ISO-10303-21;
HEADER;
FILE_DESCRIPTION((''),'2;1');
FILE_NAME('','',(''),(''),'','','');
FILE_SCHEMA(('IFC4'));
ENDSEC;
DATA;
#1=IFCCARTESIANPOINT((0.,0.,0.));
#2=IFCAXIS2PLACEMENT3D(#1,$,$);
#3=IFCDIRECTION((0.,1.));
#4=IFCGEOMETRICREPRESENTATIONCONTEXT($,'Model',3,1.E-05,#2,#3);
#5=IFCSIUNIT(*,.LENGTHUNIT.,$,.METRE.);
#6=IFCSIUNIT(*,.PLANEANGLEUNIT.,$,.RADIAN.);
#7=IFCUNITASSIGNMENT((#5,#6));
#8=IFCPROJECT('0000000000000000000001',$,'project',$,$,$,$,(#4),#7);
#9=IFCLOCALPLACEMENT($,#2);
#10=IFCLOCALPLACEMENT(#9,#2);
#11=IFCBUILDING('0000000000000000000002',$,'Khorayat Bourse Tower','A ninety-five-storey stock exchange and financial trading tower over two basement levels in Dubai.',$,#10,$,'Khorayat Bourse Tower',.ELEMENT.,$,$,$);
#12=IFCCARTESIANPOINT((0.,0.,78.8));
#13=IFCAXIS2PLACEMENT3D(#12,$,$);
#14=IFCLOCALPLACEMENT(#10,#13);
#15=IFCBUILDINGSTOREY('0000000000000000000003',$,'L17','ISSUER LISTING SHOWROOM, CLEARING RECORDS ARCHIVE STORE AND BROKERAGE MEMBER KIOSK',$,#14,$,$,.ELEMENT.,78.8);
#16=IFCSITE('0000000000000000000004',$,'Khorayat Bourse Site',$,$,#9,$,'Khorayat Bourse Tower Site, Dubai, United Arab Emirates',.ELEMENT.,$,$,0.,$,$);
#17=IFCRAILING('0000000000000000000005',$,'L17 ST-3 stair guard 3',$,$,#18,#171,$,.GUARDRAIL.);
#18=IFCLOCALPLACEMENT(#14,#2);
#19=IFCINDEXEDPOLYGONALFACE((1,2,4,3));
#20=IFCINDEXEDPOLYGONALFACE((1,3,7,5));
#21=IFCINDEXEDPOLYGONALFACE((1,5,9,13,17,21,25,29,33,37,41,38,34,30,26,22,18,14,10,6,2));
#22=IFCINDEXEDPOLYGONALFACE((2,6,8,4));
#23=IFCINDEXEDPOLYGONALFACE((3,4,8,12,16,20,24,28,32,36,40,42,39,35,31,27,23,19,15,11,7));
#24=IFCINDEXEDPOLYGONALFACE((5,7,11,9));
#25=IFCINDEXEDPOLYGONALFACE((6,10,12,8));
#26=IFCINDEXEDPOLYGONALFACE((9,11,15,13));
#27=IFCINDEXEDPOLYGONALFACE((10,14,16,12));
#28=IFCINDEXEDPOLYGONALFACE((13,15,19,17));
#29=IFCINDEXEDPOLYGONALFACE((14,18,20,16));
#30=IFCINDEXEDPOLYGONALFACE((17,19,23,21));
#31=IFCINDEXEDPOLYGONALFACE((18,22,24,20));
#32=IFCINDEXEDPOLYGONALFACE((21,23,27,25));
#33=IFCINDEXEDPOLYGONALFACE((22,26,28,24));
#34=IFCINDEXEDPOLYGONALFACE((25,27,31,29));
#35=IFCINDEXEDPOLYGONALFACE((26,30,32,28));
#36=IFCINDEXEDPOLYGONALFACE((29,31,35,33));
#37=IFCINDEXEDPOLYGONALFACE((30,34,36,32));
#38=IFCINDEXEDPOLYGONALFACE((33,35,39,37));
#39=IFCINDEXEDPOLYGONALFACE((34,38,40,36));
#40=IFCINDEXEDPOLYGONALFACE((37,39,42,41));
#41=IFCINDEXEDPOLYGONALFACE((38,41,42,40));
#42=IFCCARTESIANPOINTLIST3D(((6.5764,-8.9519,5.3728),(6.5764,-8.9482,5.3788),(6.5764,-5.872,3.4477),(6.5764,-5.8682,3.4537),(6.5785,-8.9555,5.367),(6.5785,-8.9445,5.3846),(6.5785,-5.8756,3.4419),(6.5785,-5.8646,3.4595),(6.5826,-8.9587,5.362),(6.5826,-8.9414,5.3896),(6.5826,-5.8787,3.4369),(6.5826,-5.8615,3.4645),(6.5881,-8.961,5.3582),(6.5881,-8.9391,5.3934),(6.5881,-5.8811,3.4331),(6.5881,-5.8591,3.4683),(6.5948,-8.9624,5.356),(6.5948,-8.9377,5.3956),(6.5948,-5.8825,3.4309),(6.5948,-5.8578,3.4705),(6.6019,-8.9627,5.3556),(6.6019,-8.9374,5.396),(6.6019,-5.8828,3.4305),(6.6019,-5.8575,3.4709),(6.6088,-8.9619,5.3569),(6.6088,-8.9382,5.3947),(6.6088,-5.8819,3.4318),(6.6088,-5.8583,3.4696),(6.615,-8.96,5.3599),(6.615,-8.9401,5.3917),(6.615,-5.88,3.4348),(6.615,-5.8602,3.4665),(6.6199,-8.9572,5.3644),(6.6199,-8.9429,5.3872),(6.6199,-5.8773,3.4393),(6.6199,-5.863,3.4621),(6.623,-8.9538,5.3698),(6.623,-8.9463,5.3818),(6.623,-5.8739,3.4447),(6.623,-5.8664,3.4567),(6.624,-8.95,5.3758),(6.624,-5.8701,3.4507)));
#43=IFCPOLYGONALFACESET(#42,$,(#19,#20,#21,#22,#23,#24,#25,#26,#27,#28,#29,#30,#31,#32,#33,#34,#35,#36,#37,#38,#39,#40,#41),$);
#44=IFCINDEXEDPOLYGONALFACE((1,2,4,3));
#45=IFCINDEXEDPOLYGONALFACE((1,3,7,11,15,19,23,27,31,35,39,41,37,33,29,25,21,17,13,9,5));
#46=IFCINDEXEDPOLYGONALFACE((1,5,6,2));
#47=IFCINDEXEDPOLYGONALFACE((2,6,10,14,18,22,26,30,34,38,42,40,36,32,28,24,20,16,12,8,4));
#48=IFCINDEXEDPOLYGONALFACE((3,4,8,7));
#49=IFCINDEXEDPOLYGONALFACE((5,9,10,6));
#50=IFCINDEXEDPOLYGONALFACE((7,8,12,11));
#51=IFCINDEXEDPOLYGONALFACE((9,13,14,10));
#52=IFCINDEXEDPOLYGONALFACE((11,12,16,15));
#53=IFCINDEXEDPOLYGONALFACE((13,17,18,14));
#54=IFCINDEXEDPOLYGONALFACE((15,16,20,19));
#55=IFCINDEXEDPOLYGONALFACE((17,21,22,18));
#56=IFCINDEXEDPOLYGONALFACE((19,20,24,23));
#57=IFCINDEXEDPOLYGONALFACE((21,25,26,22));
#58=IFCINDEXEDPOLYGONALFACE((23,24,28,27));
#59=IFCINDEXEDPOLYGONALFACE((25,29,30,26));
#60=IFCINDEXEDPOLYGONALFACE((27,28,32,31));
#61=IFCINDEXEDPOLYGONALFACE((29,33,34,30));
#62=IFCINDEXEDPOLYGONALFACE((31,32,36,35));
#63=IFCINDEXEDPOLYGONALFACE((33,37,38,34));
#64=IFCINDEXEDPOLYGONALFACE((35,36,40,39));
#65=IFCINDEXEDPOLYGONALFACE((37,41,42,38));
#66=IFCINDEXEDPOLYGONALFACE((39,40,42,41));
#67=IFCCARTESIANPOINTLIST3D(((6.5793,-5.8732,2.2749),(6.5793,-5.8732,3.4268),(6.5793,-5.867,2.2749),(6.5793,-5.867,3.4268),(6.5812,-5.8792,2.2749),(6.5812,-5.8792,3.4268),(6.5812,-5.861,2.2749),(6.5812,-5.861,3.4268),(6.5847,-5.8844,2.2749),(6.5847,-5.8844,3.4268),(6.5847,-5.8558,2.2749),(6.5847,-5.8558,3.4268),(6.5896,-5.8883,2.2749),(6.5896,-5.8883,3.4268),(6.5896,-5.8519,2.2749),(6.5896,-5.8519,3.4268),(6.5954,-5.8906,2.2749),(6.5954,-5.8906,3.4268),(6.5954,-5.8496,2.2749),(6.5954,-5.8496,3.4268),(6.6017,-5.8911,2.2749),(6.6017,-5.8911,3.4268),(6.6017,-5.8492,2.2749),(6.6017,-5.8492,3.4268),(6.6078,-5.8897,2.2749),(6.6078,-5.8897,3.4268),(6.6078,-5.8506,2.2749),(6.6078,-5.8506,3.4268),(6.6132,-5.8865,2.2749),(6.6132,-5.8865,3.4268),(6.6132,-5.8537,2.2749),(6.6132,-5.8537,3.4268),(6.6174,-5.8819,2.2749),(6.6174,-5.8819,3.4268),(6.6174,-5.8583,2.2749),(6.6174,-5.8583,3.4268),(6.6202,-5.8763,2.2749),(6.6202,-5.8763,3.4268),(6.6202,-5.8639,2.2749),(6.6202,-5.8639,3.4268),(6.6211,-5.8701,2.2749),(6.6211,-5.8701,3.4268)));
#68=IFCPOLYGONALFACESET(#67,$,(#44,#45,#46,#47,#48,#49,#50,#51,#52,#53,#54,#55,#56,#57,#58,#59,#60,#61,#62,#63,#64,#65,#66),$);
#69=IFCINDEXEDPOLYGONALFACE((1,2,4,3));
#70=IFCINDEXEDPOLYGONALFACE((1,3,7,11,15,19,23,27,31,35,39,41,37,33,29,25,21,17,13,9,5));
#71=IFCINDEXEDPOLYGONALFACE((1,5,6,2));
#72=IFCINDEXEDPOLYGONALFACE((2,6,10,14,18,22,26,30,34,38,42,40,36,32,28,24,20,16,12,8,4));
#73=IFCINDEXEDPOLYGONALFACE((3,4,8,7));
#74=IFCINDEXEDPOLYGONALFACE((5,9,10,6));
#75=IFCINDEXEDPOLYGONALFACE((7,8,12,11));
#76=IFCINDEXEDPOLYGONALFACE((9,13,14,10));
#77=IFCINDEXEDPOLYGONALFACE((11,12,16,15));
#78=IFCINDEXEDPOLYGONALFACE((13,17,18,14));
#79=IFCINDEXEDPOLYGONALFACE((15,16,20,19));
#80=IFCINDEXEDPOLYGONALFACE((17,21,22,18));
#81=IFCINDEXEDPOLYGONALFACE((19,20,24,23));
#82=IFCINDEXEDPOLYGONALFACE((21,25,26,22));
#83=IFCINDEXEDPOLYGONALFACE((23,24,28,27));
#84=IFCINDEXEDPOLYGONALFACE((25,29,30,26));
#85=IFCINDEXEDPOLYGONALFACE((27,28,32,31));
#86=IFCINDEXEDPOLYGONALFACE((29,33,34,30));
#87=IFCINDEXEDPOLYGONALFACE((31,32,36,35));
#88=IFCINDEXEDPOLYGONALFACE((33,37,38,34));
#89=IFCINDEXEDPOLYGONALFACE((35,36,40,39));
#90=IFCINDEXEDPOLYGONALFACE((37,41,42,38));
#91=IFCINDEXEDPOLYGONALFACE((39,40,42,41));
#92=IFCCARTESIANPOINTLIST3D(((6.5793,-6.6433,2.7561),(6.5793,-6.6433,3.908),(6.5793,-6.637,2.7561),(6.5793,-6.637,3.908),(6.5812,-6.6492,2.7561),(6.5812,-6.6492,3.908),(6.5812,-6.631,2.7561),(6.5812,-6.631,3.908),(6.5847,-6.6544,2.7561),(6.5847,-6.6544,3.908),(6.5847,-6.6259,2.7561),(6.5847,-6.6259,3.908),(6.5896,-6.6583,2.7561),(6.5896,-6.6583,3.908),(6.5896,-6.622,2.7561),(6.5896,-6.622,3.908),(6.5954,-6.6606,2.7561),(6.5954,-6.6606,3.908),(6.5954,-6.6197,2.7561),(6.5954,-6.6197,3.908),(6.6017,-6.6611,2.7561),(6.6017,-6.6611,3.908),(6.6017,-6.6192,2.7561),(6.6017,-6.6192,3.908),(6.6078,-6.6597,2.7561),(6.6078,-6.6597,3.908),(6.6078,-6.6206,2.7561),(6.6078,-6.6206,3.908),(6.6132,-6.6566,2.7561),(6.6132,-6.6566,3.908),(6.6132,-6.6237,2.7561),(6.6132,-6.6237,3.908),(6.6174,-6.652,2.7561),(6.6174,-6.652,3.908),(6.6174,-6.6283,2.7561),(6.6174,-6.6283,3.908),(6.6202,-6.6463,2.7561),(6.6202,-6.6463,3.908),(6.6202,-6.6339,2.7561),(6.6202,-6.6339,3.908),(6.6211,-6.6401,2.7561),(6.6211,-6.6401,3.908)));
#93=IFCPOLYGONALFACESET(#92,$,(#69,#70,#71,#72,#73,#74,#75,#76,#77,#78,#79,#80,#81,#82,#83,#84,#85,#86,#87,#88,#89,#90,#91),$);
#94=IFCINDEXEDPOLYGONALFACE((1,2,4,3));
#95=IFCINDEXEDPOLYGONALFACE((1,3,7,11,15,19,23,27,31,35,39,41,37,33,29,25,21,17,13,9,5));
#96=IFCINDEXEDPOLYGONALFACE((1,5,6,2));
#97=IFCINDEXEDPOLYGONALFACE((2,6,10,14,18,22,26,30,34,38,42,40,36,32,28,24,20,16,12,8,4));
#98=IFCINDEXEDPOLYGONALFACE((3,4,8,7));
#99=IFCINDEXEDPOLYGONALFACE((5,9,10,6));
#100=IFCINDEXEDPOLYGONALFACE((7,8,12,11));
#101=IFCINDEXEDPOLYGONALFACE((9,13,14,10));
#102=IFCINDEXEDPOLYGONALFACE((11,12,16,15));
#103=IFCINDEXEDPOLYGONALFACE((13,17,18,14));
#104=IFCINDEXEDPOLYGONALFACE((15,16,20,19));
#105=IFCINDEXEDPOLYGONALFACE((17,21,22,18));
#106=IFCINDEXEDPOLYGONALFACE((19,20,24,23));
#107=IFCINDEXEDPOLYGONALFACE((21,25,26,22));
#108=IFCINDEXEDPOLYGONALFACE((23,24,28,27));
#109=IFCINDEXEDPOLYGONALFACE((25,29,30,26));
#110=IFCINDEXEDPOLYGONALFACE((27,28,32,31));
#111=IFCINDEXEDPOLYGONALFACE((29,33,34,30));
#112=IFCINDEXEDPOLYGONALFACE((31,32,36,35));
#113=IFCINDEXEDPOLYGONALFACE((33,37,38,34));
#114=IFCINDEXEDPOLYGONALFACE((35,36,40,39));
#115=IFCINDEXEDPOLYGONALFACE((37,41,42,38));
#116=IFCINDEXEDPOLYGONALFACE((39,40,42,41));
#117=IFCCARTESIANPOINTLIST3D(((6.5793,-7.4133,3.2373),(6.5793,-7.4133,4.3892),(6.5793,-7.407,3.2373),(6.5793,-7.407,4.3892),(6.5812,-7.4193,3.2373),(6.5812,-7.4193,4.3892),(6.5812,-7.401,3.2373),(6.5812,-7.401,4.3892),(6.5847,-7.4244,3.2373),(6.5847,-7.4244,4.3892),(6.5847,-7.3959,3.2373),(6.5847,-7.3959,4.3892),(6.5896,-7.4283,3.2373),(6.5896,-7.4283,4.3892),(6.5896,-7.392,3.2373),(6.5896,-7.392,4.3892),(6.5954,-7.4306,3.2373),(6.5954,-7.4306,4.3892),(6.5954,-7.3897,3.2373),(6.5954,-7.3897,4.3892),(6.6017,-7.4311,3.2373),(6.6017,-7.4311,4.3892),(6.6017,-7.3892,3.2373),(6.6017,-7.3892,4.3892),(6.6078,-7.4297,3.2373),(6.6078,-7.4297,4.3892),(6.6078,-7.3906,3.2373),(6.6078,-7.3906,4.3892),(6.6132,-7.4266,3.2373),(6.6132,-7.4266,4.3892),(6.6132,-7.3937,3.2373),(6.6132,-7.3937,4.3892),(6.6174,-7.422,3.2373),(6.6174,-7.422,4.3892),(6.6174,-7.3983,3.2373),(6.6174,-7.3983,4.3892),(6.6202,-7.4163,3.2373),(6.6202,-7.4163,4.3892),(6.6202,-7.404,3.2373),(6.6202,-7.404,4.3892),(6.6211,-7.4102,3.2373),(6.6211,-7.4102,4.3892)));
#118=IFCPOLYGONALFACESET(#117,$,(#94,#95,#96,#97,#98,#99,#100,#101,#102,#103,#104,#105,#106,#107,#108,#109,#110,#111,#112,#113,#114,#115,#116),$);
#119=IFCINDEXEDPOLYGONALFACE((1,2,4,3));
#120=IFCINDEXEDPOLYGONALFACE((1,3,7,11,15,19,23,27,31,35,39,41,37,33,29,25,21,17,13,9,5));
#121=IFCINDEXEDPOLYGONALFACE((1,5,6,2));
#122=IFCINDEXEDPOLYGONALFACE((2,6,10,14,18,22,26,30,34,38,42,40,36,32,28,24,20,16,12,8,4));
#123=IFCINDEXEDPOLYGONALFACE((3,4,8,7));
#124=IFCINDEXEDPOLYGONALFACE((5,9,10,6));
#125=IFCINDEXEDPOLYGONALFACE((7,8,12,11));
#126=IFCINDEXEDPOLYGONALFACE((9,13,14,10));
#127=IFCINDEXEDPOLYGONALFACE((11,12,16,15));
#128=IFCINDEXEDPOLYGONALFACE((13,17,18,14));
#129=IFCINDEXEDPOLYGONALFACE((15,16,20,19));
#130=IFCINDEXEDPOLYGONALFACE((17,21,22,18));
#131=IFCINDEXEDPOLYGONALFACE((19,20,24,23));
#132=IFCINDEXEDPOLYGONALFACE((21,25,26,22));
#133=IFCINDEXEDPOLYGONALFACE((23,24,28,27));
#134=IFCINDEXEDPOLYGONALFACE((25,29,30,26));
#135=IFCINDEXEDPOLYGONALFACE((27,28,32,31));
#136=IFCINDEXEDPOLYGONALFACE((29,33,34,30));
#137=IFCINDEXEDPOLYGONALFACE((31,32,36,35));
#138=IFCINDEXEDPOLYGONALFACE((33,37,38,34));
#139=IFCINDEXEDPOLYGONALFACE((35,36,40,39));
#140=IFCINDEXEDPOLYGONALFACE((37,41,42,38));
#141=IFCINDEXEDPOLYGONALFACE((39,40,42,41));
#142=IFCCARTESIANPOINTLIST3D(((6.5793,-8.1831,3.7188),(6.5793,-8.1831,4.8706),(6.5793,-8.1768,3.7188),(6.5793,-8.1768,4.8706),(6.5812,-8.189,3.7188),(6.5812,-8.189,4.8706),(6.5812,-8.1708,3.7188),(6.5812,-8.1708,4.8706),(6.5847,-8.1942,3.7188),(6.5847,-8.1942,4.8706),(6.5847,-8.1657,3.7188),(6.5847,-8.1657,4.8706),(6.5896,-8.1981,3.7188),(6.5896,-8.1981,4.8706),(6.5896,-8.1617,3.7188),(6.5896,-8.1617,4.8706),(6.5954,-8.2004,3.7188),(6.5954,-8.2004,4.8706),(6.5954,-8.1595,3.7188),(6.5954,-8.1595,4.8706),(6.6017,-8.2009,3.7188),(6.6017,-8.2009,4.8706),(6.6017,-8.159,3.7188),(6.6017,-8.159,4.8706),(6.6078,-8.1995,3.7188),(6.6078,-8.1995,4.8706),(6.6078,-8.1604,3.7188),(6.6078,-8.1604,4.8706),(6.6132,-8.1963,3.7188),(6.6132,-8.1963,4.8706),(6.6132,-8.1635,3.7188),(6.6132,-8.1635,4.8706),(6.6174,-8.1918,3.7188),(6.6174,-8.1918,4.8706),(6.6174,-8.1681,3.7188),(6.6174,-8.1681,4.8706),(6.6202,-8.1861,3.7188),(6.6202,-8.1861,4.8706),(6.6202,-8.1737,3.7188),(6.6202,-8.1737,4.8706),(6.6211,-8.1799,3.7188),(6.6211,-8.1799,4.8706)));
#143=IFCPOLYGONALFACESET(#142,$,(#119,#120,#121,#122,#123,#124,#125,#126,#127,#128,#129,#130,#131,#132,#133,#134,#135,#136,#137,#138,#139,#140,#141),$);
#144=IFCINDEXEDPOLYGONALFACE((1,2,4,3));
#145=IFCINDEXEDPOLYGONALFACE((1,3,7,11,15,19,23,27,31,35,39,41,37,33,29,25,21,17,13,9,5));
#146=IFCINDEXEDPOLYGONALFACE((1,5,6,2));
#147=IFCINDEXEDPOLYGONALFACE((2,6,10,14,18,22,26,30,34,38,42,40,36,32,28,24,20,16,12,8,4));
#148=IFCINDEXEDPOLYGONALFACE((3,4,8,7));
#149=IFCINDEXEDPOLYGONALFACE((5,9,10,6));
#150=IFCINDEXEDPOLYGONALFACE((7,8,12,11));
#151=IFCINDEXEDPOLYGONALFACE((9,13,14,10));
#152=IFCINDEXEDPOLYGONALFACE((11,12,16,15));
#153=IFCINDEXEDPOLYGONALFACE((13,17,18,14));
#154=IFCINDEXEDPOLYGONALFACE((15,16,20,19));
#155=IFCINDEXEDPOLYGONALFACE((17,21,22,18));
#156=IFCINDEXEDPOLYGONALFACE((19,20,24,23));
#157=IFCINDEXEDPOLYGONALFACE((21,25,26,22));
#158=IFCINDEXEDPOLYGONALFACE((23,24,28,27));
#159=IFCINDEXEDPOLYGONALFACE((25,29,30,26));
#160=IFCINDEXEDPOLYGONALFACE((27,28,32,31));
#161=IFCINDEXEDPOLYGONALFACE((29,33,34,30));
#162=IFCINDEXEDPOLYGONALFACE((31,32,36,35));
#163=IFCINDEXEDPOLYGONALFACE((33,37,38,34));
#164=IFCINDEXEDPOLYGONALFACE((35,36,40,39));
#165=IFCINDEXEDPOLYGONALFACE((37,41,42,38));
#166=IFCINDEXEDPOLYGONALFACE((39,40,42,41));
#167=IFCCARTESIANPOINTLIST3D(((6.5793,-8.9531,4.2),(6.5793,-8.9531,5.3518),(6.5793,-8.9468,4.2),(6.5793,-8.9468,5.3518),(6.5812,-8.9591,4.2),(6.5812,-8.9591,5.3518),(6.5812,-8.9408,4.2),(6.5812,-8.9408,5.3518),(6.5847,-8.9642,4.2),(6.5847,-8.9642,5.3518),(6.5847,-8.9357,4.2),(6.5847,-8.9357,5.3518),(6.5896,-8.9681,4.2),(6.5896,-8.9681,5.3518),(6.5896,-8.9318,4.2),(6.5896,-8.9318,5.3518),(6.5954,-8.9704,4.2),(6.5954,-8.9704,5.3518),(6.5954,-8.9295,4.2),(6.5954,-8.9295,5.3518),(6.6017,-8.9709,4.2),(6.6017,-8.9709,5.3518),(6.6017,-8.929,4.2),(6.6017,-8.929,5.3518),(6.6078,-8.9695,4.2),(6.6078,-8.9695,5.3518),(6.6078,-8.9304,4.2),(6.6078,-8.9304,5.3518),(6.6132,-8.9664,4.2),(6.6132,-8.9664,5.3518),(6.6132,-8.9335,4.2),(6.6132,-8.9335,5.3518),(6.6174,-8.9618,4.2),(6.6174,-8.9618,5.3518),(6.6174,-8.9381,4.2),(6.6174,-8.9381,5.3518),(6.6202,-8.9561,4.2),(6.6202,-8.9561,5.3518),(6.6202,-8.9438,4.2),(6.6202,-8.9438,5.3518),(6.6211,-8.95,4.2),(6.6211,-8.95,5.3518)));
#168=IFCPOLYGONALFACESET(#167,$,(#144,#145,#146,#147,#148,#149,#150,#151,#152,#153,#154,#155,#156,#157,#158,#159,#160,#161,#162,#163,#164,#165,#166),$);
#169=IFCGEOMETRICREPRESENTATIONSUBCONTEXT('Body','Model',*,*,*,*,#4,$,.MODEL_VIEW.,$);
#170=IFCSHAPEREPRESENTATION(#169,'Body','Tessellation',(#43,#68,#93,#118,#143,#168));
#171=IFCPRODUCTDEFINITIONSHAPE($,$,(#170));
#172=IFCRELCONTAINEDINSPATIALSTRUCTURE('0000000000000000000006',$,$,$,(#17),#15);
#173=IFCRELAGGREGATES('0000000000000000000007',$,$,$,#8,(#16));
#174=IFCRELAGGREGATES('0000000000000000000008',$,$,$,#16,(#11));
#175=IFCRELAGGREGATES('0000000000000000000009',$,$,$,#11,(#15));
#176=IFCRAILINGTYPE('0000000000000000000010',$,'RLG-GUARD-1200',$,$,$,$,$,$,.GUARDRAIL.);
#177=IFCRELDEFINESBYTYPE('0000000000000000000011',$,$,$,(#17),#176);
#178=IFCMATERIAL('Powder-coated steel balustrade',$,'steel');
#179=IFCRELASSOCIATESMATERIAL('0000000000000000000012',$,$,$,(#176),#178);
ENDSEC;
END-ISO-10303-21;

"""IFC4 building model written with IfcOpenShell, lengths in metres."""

from ifc_helpers import new_model, si_unit, direction, frame, origin, origin_2d, place, context, subcontext, project, spatial, circle, extrude, source, transform, mapped, material, type_object, element, save


model = new_model("IFC4")

# Units and contexts
model_context = context("Model", 3, precision=1e-05, world=origin(), true_north=direction((0.0, 1.0)))
body_context = subcontext(model_context, "Body", "Model", "MODEL_VIEW")
ifc_project = project(units=[si_unit("LENGTHUNIT", "METRE"), si_unit("PLANEANGLEUNIT", "RADIAN")], contexts=[model_context])

# Site, building, storey
site_placement = place(None, origin())
site = spatial("IfcSite", under=ifc_project, at=site_placement, Name="Khorayat Bourse Site", LongName="Khorayat Bourse Tower Site, Dubai, United Arab Emirates", CompositionType="ELEMENT", RefElevation=0.0)
building_placement = place(site_placement, origin())
building = spatial("IfcBuilding", under=site, at=building_placement, Name="Khorayat Bourse Tower", Description="A ninety-five-storey stock exchange and financial trading tower over two basement levels in Dubai.", LongName="Khorayat Bourse Tower", CompositionType="ELEMENT")
storey_placement = place(building_placement, frame((0.0, 0.0, 78.8)))
storey = spatial("IfcBuildingStorey", under=building, at=storey_placement, Name="L17", Description="ISSUER LISTING SHOWROOM, CLEARING RECORDS ARCHIVE STORE AND BROKERAGE MEMBER KIOSK", CompositionType="ELEMENT", Elevation=78.8)

# Railing
ifc_material_1 = material(Name="Powder-coated steel balustrade", Category="steel")
railing_type_1 = type_object("IfcRailingType", Name="RLG-GUARD-1200", PredefinedType="GUARDRAIL", material=ifc_material_1)
shared_shape_1 = source(origin(), body_context, "Body", "SweptSolid", [
    extrude(circle(Radius=0.0239, at=origin_2d()), frame((0.0, 0.0, 1.1758), z_axis=(0.0, -0.847979, 0.530029), x_axis=(1.0, 0.0, 0.0)), (0.0, 0.0, 1.0), 3.6321),
    extrude(circle(Radius=0.021, at=origin_2d()), origin(), (0.0, 0.0, 1.0), 1.1519),
    extrude(circle(Radius=0.021, at=origin_2d()), frame((0.0, -0.77, 0.4812)), (0.0, 0.0, 1.0), 1.1519),
    extrude(circle(Radius=0.021, at=origin_2d()), frame((0.0, -1.54, 0.9624)), (0.0, 0.0, 1.0), 1.1519),
    extrude(circle(Radius=0.021, at=origin_2d()), frame((0.0, -2.3098, 1.4438)), (0.0, 0.0, 1.0), 1.1519),
    extrude(circle(Radius=0.021, at=origin_2d()), frame((0.0, -3.0798, 1.925)), (0.0, 0.0, 1.0), 1.1519),
])
railing_1_placement = place(storey_placement, frame((6.6001, -5.8701, 2.2749)))
element("IfcRailing", 1, at=railing_1_placement, inside=storey, type_object=railing_type_1, Name="L17 ST-3 stair guard 3", PredefinedType="GUARDRAIL", context=body_context, shape_type="MappedRepresentation", body=[
    mapped(shared_shape_1, transform((0.0, 0.0, 0.0), scale=1.0)),
])

save(model, "model.ifc")
